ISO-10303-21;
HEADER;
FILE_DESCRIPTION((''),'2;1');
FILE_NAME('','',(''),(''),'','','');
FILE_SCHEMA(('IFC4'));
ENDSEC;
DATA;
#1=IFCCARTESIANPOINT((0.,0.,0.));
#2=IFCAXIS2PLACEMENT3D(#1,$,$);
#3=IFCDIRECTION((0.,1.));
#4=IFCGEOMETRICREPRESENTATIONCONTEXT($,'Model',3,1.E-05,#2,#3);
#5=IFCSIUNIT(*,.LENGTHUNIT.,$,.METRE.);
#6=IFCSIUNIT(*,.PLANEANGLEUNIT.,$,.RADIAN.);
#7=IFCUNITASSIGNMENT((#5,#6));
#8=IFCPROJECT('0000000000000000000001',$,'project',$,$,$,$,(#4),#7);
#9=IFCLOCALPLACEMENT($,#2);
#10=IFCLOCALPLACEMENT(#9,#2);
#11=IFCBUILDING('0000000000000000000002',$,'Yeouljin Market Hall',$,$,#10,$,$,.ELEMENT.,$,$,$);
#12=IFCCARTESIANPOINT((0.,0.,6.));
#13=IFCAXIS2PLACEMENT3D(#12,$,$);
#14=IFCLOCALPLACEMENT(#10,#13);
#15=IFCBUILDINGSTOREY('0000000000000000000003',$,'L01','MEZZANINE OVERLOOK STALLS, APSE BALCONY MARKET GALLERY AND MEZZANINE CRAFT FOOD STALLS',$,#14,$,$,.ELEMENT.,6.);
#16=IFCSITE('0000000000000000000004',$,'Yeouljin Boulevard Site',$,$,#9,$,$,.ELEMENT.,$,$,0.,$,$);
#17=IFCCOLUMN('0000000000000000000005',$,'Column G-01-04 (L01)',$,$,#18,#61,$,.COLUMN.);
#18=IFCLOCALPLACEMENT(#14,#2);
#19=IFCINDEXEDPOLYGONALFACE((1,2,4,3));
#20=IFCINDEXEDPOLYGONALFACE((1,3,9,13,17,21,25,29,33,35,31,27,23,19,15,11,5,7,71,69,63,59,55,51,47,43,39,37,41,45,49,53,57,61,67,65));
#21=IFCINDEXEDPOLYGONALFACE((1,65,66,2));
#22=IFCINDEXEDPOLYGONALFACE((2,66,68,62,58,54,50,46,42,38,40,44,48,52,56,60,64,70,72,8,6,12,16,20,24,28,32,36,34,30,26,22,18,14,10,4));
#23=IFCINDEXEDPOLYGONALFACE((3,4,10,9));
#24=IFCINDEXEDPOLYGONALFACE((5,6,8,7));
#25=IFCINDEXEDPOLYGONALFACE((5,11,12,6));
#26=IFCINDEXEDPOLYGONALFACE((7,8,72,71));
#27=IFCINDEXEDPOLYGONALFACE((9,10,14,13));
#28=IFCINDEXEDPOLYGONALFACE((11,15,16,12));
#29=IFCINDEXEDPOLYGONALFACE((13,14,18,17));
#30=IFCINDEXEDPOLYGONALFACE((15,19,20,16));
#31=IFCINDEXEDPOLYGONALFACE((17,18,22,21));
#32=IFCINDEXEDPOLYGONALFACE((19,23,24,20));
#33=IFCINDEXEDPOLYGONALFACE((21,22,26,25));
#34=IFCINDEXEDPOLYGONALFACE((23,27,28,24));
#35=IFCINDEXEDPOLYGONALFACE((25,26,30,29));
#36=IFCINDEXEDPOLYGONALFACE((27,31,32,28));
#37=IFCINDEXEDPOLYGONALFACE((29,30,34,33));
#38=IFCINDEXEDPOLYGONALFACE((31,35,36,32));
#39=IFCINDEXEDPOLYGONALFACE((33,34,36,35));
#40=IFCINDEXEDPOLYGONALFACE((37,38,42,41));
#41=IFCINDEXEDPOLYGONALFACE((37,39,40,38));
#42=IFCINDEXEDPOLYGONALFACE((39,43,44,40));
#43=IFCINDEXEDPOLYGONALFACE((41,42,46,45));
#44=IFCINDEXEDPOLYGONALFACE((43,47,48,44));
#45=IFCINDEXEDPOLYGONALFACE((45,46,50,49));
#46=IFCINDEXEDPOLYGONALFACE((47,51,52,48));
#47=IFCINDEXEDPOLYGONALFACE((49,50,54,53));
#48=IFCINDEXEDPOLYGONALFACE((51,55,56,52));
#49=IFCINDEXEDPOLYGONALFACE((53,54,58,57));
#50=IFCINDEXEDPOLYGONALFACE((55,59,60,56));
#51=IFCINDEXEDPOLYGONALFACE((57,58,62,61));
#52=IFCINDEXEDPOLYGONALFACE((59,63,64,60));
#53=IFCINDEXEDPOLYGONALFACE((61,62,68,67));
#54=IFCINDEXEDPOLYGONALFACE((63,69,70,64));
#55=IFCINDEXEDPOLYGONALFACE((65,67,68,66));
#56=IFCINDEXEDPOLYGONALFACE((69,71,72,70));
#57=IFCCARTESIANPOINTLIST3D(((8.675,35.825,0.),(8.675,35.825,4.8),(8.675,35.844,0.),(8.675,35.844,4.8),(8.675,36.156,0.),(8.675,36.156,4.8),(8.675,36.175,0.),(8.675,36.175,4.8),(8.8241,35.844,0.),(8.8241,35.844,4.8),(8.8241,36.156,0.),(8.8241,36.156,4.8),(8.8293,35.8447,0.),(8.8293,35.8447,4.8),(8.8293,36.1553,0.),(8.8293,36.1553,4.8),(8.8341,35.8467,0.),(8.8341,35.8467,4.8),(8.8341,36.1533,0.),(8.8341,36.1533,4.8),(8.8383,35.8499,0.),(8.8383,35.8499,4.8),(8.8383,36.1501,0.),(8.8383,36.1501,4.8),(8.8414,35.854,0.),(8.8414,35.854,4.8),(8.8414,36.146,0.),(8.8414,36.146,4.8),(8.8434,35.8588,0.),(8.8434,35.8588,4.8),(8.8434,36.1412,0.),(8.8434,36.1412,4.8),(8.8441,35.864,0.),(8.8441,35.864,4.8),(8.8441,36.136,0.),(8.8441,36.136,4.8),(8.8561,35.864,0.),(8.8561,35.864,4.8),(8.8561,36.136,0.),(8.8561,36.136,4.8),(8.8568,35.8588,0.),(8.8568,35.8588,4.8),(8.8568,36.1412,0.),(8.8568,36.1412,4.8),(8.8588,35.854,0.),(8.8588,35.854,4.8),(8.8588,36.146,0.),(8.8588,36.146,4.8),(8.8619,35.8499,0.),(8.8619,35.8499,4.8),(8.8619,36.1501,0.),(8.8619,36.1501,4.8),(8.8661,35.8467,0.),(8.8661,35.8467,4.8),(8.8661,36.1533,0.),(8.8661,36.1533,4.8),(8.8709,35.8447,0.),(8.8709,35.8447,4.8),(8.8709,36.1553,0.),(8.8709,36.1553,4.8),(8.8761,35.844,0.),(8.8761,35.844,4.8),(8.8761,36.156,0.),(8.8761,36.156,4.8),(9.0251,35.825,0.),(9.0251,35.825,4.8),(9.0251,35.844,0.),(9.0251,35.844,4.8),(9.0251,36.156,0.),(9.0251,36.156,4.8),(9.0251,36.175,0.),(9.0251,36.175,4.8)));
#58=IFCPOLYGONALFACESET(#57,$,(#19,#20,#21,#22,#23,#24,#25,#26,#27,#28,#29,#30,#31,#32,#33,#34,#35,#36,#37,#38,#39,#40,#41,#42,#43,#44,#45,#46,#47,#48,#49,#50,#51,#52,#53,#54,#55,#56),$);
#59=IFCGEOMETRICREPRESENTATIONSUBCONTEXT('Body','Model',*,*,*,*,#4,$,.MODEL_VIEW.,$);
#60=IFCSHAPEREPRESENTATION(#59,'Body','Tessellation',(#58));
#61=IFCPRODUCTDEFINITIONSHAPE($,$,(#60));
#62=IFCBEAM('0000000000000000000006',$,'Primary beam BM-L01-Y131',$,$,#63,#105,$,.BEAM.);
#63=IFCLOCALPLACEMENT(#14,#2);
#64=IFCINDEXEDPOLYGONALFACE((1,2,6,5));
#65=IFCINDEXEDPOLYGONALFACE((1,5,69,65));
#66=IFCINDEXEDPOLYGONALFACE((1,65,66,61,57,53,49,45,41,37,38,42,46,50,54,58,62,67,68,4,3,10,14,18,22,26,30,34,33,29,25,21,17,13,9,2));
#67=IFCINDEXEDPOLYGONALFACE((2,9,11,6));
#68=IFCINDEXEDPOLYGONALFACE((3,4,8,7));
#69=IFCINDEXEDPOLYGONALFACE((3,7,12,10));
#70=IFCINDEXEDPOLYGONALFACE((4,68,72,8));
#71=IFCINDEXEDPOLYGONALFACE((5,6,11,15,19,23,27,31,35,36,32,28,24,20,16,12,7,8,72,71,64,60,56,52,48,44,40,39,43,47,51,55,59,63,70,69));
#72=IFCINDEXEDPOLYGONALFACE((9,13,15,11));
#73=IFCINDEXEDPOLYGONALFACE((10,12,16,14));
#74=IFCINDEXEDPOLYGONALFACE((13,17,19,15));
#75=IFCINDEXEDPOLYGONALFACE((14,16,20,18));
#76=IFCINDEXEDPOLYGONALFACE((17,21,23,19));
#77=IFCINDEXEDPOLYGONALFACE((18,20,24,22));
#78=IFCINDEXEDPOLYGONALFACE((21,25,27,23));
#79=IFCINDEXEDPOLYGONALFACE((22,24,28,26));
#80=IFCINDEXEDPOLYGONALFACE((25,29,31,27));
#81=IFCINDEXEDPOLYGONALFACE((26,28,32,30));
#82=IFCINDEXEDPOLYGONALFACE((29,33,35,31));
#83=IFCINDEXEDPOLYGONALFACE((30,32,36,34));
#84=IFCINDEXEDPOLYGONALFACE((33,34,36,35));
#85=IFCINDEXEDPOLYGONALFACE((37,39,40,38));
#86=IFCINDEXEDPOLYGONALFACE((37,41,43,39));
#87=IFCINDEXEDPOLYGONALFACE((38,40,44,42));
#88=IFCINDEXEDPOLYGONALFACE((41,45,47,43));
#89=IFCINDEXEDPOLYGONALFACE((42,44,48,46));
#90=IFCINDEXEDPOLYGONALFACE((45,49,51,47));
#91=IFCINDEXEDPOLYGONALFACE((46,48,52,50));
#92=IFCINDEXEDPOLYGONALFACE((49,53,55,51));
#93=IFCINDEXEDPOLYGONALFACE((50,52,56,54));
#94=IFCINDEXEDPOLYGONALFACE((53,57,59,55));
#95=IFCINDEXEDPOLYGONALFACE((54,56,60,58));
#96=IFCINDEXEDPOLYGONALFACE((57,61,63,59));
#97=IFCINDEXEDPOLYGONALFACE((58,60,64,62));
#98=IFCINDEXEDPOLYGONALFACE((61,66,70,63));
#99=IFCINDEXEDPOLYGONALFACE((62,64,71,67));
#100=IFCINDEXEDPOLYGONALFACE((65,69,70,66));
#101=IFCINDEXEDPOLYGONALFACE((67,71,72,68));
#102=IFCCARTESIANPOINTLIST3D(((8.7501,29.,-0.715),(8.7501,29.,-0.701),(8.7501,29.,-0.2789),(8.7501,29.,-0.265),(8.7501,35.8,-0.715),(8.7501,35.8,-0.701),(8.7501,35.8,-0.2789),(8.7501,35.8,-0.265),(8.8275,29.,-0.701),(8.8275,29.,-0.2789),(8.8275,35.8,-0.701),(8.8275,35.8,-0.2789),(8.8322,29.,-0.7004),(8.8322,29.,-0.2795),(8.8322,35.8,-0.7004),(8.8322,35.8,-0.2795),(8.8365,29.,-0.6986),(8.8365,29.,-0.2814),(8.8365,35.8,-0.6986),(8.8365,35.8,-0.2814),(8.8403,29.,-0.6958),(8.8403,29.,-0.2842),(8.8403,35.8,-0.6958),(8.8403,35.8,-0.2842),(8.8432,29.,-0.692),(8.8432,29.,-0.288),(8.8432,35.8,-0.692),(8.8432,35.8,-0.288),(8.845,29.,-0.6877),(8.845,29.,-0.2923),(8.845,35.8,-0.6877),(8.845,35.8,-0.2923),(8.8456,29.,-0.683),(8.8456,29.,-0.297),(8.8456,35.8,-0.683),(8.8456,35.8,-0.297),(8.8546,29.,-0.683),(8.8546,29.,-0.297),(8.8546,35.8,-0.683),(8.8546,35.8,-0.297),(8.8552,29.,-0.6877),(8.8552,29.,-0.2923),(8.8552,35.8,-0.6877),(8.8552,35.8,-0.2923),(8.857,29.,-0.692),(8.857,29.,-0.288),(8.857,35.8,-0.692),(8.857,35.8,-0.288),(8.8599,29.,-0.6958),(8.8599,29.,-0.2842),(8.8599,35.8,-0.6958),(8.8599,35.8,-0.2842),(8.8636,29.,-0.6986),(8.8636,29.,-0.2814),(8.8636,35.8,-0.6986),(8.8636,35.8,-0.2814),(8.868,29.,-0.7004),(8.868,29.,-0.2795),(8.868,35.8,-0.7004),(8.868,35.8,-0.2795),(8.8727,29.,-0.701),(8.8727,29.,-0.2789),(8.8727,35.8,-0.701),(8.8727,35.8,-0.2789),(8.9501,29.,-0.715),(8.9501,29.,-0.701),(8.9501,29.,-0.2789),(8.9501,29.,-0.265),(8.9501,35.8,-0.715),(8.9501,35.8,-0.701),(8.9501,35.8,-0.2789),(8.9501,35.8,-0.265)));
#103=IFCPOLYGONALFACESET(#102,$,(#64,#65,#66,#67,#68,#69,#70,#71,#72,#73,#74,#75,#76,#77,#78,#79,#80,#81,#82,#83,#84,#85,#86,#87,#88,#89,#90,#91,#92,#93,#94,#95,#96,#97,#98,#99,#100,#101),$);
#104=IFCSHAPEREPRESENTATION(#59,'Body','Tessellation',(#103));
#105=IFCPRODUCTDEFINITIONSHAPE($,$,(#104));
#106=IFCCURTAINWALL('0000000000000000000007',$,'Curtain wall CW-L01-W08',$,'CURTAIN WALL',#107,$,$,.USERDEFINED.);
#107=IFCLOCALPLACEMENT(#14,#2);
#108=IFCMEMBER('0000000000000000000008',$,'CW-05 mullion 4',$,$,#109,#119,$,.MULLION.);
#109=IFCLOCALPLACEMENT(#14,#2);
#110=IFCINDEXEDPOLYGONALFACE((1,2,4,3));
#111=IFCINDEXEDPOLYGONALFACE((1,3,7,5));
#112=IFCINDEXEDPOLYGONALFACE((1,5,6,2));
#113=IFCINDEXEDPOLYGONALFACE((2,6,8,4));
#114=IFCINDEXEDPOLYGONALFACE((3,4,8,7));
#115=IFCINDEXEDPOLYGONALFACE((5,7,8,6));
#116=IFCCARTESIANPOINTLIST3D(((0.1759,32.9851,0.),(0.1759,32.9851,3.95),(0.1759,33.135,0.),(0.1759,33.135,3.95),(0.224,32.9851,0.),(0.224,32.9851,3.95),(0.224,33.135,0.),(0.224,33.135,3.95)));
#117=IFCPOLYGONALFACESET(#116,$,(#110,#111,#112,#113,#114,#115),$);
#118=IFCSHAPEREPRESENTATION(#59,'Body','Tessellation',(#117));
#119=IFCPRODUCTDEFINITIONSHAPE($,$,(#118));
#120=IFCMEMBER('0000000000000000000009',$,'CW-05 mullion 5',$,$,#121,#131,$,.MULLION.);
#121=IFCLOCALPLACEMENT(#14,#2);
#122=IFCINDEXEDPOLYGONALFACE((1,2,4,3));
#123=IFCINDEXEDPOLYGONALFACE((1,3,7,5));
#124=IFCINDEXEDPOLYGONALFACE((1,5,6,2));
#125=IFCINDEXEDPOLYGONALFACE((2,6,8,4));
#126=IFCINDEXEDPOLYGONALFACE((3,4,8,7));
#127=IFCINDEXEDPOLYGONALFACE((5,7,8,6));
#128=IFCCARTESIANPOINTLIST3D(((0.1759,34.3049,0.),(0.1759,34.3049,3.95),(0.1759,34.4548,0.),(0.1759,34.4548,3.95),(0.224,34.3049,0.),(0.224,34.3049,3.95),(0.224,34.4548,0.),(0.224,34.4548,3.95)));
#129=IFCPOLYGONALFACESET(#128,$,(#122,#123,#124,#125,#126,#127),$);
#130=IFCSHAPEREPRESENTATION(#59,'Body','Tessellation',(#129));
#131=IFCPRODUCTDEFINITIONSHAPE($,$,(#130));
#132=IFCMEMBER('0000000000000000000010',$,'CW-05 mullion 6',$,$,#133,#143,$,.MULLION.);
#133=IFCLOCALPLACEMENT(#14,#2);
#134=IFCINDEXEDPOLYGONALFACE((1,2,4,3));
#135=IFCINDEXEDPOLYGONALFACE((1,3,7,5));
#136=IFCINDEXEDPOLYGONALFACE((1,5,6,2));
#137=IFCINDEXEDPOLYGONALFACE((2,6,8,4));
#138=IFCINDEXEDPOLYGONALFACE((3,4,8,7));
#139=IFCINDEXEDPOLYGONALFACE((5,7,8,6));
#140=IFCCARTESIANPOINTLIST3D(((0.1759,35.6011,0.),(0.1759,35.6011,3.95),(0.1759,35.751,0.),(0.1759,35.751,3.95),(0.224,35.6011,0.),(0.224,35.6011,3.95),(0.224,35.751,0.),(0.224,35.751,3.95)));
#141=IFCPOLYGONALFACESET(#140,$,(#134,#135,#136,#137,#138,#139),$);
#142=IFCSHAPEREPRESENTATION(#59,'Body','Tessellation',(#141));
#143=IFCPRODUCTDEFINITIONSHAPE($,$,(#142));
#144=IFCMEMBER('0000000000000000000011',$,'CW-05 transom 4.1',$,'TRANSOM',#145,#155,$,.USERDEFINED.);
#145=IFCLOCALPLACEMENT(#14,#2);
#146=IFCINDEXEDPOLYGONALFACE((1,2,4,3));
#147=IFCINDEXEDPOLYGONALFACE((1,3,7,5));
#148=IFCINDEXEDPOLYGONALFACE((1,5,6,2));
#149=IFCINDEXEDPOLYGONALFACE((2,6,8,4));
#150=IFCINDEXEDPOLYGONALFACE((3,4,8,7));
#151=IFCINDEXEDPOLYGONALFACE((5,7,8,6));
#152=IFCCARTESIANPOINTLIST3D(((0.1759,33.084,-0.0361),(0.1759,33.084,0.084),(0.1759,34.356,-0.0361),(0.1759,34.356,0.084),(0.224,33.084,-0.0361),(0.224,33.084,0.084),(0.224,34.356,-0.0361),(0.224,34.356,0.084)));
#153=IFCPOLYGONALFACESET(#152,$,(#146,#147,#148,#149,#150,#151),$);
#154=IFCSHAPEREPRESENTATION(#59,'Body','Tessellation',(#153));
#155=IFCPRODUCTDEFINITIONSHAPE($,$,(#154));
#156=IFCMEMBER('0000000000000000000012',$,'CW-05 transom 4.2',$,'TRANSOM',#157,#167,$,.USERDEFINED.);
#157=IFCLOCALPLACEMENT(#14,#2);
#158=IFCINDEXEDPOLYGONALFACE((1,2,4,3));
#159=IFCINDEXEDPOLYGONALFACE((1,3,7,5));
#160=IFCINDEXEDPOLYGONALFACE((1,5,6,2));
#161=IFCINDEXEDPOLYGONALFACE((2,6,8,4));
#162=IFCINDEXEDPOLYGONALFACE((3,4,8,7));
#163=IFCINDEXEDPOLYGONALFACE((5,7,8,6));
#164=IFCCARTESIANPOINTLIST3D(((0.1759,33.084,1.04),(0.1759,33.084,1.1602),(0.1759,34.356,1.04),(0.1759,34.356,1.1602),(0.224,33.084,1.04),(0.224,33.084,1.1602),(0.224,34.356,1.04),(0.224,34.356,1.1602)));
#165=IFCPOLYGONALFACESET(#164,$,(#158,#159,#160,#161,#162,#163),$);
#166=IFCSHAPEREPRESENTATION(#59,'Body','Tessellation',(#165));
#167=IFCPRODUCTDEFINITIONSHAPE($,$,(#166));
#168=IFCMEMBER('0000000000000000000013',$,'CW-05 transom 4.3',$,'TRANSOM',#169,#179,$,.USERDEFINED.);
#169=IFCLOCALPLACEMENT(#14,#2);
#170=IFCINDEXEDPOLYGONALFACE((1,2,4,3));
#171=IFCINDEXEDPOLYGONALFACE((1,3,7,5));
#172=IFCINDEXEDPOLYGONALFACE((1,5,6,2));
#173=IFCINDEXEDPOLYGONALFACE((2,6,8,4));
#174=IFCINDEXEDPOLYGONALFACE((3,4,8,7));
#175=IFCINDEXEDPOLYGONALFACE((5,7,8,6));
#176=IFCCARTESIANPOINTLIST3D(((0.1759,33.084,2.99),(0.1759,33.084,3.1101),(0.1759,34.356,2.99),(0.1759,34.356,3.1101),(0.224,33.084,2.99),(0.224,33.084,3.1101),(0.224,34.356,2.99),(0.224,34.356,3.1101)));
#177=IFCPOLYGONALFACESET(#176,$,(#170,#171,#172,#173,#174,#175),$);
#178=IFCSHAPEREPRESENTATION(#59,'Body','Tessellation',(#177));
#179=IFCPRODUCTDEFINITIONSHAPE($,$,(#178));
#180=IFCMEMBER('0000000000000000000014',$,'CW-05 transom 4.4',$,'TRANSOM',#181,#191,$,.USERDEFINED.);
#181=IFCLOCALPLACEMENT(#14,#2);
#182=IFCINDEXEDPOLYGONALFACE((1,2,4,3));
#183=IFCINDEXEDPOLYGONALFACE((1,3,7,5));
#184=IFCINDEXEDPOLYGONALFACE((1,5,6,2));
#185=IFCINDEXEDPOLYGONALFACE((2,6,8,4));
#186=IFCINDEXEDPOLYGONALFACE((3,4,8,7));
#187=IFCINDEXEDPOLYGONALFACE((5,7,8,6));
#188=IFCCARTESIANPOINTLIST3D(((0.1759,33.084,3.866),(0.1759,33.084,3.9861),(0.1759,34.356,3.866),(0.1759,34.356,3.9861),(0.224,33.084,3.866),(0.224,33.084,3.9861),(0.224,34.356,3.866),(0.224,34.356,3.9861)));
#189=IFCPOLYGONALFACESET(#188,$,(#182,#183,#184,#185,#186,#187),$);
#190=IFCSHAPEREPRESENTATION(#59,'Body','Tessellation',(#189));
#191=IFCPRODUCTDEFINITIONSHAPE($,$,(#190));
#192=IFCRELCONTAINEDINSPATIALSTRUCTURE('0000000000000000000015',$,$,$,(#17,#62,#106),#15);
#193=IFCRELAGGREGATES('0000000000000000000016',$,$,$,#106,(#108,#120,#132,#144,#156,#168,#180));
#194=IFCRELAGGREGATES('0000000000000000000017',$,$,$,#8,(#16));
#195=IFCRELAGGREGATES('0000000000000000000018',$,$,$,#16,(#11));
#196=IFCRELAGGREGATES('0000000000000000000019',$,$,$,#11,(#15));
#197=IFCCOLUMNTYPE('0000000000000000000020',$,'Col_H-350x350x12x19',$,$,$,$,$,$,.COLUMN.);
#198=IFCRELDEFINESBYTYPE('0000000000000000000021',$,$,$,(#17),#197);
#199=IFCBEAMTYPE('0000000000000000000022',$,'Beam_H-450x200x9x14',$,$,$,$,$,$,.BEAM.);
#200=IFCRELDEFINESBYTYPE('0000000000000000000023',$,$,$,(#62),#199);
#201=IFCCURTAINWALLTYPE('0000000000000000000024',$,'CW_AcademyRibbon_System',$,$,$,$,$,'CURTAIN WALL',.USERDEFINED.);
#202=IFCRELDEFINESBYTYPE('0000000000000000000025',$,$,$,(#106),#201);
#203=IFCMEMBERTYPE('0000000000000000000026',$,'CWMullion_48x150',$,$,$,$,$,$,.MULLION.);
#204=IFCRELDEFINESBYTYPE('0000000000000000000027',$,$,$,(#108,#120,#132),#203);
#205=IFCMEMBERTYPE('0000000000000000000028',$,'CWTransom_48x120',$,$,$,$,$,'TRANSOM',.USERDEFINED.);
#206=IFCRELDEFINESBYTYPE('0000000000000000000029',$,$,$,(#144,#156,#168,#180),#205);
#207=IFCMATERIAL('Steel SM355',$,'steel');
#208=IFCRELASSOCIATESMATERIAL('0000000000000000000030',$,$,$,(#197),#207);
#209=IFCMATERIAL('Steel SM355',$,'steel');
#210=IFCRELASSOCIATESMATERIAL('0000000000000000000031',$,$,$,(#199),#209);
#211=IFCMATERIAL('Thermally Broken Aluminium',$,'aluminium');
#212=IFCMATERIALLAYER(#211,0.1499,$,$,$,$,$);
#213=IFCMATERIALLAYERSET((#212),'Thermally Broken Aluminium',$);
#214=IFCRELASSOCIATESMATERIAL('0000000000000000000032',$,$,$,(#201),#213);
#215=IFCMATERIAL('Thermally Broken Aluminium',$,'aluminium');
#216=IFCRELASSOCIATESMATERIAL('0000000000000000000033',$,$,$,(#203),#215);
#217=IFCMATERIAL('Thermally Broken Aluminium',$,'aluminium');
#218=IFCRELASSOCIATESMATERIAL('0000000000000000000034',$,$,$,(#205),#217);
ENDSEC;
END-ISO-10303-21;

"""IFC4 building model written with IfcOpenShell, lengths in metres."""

from ifc_helpers import new_model, si_unit, direction, frame, origin, origin_2d, place, context, subcontext, project, spatial, rectangle, i_section, extrude, material, layer, layer_set, material_profile, profile_set, type_object, element, aggregate, save


model = new_model("IFC4")

# Units and contexts
model_context = context("Model", 3, precision=1e-05, world=origin(), true_north=direction((0.0, 1.0)))
body_context = subcontext(model_context, "Body", "Model", "MODEL_VIEW")
ifc_project = project(units=[si_unit("LENGTHUNIT", "METRE"), si_unit("PLANEANGLEUNIT", "RADIAN")], contexts=[model_context])

# Site, building, storey
site_placement = place(None, origin())
site = spatial("IfcSite", under=ifc_project, at=site_placement, Name="Yeouljin Boulevard Site", CompositionType="ELEMENT", RefElevation=0.0)
building_placement = place(site_placement, origin())
building = spatial("IfcBuilding", under=site, at=building_placement, Name="Yeouljin Market Hall", CompositionType="ELEMENT")
storey_placement = place(building_placement, frame((0.0, 0.0, 6.0)))
storey = spatial("IfcBuildingStorey", under=building, at=storey_placement, Name="L01", Description="MEZZANINE OVERLOOK STALLS, APSE BALCONY MARKET GALLERY AND MEZZANINE CRAFT FOOD STALLS", CompositionType="ELEMENT", Elevation=6.0)

# Column
ifc_material_1 = material(Name="Steel SM355", Category="steel")
ifc_material_profile_1 = material_profile(ifc_material_1, i_section(OverallWidth=0.3501, OverallDepth=0.3501, WebThickness=0.012, FlangeThickness=0.019, FilletRadius=0.02, at=origin_2d()), Name="H-350x350x12x19")
ifc_profile_set_1 = profile_set([ifc_material_profile_1], Name="Steel SM355")
column_type = type_object("IfcColumnType", Name="Col_H-350x350x12x19", PredefinedType="COLUMN", material=ifc_profile_set_1)
column_placement = place(storey_placement, frame((8.8501, 36.0, 0.0), z_axis=(0.0, 0.0, 1.0), x_axis=(1.0, 0.0, 0.0)))
element("IfcColumn", 1, at=column_placement, inside=storey, type_object=column_type, Name="Column G-01-04 (L01)", PredefinedType="COLUMN", context=body_context, shape_type="SweptSolid", body=[
    extrude(i_section(OverallWidth=0.3501, OverallDepth=0.3501, WebThickness=0.012, FlangeThickness=0.019, FilletRadius=0.02, at=origin_2d()), origin(), (0.0, 0.0, 1.0), 4.8),
])

# Beam
ifc_material_2 = material(Name="Steel SM355", Category="steel")
ifc_material_profile_2 = material_profile(ifc_material_2, i_section(OverallWidth=0.2, OverallDepth=0.45, WebThickness=0.009, FlangeThickness=0.0139, FilletRadius=0.0181, at=origin_2d()), Name="H-450x200x9x14")
ifc_profile_set_2 = profile_set([ifc_material_profile_2], Name="Steel SM355")
beam_type_1 = type_object("IfcBeamType", Name="Beam_H-450x200x9x14", PredefinedType="BEAM", material=ifc_profile_set_2)
beam_1_placement = place(storey_placement, frame((8.8501, 29.0, -0.49), z_axis=(0.0, 1.0, 0.0), x_axis=(-1.0, 0.0, 0.0)))
element("IfcBeam", 2, at=beam_1_placement, inside=storey, type_object=beam_type_1, Name="Primary beam BM-L01-Y131", PredefinedType="BEAM", context=body_context, shape_type="SweptSolid", body=[
    extrude(i_section(OverallWidth=0.2, OverallDepth=0.45, WebThickness=0.009, FlangeThickness=0.0139, FilletRadius=0.0181, at=origin_2d()), origin(), (0.0, 0.0, 1.0), 6.8),
])

# Curtain wall, members
ifc_material_3 = material(Name="Thermally Broken Aluminium", Category="aluminium")
ifc_layer_1 = layer(ifc_material_3, 0.1499)
ifc_layer_set_1 = layer_set([ifc_layer_1], Name="Thermally Broken Aluminium")
curtain_wall_type = type_object("IfcCurtainWallType", Name="CW_AcademyRibbon_System", ElementType="CURTAIN WALL", PredefinedType="USERDEFINED", material=ifc_layer_set_1)
curtain_wall_placement = place(storey_placement, origin())
curtain_wall = element("IfcCurtainWall", 3, at=curtain_wall_placement, inside=storey, type_object=curtain_wall_type, Name="Curtain wall CW-L01-W08", ObjectType="CURTAIN WALL", PredefinedType="USERDEFINED")
ifc_material_4 = material(Name="Thermally Broken Aluminium", Category="aluminium")
ifc_material_profile_3 = material_profile(ifc_material_4, rectangle(XDim=0.0481, YDim=0.1499, at=origin_2d()), Name="CW-MULL-48x150")
ifc_profile_set_3 = profile_set([ifc_material_profile_3], Name="Thermally Broken Aluminium")
member_type_1 = type_object("IfcMemberType", Name="CWMullion_48x150", PredefinedType="MULLION", material=ifc_profile_set_3)
member_1_placement = place(storey_placement, frame((0.2, 33.0601, 0.0), z_axis=(0.0, 0.0, 1.0), x_axis=(-1.0, 0.0, 0.0)))
member_1 = element("IfcMember", 4, at=member_1_placement, type_object=member_type_1, Name="CW-05 mullion 4", PredefinedType="MULLION", context=body_context, shape_type="SweptSolid", body=[
    extrude(rectangle(XDim=0.0481, YDim=0.1499, at=origin_2d()), origin(), (0.0, 0.0, 1.0), 3.95),
])
member_2_placement = place(storey_placement, frame((0.2, 34.3799, 0.0), z_axis=(0.0, 0.0, 1.0), x_axis=(-1.0, 0.0, 0.0)))
member_2 = element("IfcMember", 5, at=member_2_placement, type_object=member_type_1, Name="CW-05 mullion 5", PredefinedType="MULLION", context=body_context, shape_type="SweptSolid", body=[
    extrude(rectangle(XDim=0.0481, YDim=0.1499, at=origin_2d()), origin(), (0.0, 0.0, 1.0), 3.95),
])
member_3_placement = place(storey_placement, frame((0.2, 35.676, 0.0), z_axis=(0.0, 0.0, 1.0), x_axis=(-1.0, 0.0, 0.0)))
member_3 = element("IfcMember", 6, at=member_3_placement, type_object=member_type_1, Name="CW-05 mullion 6", PredefinedType="MULLION", context=body_context, shape_type="SweptSolid", body=[
    extrude(rectangle(XDim=0.0481, YDim=0.1499, at=origin_2d()), origin(), (0.0, 0.0, 1.0), 3.95),
])
ifc_material_5 = material(Name="Thermally Broken Aluminium", Category="aluminium")
ifc_material_profile_4 = material_profile(ifc_material_5, rectangle(XDim=0.0481, YDim=0.1201, at=origin_2d()), Name="CW-TRAN-48x120")
ifc_profile_set_4 = profile_set([ifc_material_profile_4], Name="Thermally Broken Aluminium")
member_type_2 = type_object("IfcMemberType", Name="CWTransom_48x120", ElementType="TRANSOM", PredefinedType="USERDEFINED", material=ifc_profile_set_4)
member_4_placement = place(storey_placement, frame((0.2, 33.084, 0.0239), z_axis=(0.0, 1.0, 0.0), x_axis=(-1.0, 0.0, 0.0)))
member_4 = element("IfcMember", 7, at=member_4_placement, type_object=member_type_2, Name="CW-05 transom 4.1", ObjectType="TRANSOM", PredefinedType="USERDEFINED", context=body_context, shape_type="SweptSolid", body=[
    extrude(rectangle(XDim=0.0481, YDim=0.1201, at=origin_2d()), origin(), (0.0, 0.0, 1.0), 1.272),
])
member_5_placement = place(storey_placement, frame((0.2, 33.084, 1.1001), z_axis=(0.0, 1.0, 0.0), x_axis=(-1.0, 0.0, 0.0)))
member_5 = element("IfcMember", 8, at=member_5_placement, type_object=member_type_2, Name="CW-05 transom 4.2", ObjectType="TRANSOM", PredefinedType="USERDEFINED", context=body_context, shape_type="SweptSolid", body=[
    extrude(rectangle(XDim=0.0481, YDim=0.1201, at=origin_2d()), origin(), (0.0, 0.0, 1.0), 1.272),
])
member_6_placement = place(storey_placement, frame((0.2, 33.084, 3.05), z_axis=(0.0, 1.0, 0.0), x_axis=(-1.0, 0.0, 0.0)))
member_6 = element("IfcMember", 9, at=member_6_placement, type_object=member_type_2, Name="CW-05 transom 4.3", ObjectType="TRANSOM", PredefinedType="USERDEFINED", context=body_context, shape_type="SweptSolid", body=[
    extrude(rectangle(XDim=0.0481, YDim=0.1201, at=origin_2d()), origin(), (0.0, 0.0, 1.0), 1.272),
])
member_7_placement = place(storey_placement, frame((0.2, 33.084, 3.926), z_axis=(0.0, 1.0, 0.0), x_axis=(-1.0, 0.0, 0.0)))
member_7 = element("IfcMember", 10, at=member_7_placement, type_object=member_type_2, Name="CW-05 transom 4.4", ObjectType="TRANSOM", PredefinedType="USERDEFINED", context=body_context, shape_type="SweptSolid", body=[
    extrude(rectangle(XDim=0.0481, YDim=0.1201, at=origin_2d()), origin(), (0.0, 0.0, 1.0), 1.272),
])

aggregate(curtain_wall, [member_1, member_2, member_3, member_4, member_5, member_6, member_7])

save(model, "model.ifc")
